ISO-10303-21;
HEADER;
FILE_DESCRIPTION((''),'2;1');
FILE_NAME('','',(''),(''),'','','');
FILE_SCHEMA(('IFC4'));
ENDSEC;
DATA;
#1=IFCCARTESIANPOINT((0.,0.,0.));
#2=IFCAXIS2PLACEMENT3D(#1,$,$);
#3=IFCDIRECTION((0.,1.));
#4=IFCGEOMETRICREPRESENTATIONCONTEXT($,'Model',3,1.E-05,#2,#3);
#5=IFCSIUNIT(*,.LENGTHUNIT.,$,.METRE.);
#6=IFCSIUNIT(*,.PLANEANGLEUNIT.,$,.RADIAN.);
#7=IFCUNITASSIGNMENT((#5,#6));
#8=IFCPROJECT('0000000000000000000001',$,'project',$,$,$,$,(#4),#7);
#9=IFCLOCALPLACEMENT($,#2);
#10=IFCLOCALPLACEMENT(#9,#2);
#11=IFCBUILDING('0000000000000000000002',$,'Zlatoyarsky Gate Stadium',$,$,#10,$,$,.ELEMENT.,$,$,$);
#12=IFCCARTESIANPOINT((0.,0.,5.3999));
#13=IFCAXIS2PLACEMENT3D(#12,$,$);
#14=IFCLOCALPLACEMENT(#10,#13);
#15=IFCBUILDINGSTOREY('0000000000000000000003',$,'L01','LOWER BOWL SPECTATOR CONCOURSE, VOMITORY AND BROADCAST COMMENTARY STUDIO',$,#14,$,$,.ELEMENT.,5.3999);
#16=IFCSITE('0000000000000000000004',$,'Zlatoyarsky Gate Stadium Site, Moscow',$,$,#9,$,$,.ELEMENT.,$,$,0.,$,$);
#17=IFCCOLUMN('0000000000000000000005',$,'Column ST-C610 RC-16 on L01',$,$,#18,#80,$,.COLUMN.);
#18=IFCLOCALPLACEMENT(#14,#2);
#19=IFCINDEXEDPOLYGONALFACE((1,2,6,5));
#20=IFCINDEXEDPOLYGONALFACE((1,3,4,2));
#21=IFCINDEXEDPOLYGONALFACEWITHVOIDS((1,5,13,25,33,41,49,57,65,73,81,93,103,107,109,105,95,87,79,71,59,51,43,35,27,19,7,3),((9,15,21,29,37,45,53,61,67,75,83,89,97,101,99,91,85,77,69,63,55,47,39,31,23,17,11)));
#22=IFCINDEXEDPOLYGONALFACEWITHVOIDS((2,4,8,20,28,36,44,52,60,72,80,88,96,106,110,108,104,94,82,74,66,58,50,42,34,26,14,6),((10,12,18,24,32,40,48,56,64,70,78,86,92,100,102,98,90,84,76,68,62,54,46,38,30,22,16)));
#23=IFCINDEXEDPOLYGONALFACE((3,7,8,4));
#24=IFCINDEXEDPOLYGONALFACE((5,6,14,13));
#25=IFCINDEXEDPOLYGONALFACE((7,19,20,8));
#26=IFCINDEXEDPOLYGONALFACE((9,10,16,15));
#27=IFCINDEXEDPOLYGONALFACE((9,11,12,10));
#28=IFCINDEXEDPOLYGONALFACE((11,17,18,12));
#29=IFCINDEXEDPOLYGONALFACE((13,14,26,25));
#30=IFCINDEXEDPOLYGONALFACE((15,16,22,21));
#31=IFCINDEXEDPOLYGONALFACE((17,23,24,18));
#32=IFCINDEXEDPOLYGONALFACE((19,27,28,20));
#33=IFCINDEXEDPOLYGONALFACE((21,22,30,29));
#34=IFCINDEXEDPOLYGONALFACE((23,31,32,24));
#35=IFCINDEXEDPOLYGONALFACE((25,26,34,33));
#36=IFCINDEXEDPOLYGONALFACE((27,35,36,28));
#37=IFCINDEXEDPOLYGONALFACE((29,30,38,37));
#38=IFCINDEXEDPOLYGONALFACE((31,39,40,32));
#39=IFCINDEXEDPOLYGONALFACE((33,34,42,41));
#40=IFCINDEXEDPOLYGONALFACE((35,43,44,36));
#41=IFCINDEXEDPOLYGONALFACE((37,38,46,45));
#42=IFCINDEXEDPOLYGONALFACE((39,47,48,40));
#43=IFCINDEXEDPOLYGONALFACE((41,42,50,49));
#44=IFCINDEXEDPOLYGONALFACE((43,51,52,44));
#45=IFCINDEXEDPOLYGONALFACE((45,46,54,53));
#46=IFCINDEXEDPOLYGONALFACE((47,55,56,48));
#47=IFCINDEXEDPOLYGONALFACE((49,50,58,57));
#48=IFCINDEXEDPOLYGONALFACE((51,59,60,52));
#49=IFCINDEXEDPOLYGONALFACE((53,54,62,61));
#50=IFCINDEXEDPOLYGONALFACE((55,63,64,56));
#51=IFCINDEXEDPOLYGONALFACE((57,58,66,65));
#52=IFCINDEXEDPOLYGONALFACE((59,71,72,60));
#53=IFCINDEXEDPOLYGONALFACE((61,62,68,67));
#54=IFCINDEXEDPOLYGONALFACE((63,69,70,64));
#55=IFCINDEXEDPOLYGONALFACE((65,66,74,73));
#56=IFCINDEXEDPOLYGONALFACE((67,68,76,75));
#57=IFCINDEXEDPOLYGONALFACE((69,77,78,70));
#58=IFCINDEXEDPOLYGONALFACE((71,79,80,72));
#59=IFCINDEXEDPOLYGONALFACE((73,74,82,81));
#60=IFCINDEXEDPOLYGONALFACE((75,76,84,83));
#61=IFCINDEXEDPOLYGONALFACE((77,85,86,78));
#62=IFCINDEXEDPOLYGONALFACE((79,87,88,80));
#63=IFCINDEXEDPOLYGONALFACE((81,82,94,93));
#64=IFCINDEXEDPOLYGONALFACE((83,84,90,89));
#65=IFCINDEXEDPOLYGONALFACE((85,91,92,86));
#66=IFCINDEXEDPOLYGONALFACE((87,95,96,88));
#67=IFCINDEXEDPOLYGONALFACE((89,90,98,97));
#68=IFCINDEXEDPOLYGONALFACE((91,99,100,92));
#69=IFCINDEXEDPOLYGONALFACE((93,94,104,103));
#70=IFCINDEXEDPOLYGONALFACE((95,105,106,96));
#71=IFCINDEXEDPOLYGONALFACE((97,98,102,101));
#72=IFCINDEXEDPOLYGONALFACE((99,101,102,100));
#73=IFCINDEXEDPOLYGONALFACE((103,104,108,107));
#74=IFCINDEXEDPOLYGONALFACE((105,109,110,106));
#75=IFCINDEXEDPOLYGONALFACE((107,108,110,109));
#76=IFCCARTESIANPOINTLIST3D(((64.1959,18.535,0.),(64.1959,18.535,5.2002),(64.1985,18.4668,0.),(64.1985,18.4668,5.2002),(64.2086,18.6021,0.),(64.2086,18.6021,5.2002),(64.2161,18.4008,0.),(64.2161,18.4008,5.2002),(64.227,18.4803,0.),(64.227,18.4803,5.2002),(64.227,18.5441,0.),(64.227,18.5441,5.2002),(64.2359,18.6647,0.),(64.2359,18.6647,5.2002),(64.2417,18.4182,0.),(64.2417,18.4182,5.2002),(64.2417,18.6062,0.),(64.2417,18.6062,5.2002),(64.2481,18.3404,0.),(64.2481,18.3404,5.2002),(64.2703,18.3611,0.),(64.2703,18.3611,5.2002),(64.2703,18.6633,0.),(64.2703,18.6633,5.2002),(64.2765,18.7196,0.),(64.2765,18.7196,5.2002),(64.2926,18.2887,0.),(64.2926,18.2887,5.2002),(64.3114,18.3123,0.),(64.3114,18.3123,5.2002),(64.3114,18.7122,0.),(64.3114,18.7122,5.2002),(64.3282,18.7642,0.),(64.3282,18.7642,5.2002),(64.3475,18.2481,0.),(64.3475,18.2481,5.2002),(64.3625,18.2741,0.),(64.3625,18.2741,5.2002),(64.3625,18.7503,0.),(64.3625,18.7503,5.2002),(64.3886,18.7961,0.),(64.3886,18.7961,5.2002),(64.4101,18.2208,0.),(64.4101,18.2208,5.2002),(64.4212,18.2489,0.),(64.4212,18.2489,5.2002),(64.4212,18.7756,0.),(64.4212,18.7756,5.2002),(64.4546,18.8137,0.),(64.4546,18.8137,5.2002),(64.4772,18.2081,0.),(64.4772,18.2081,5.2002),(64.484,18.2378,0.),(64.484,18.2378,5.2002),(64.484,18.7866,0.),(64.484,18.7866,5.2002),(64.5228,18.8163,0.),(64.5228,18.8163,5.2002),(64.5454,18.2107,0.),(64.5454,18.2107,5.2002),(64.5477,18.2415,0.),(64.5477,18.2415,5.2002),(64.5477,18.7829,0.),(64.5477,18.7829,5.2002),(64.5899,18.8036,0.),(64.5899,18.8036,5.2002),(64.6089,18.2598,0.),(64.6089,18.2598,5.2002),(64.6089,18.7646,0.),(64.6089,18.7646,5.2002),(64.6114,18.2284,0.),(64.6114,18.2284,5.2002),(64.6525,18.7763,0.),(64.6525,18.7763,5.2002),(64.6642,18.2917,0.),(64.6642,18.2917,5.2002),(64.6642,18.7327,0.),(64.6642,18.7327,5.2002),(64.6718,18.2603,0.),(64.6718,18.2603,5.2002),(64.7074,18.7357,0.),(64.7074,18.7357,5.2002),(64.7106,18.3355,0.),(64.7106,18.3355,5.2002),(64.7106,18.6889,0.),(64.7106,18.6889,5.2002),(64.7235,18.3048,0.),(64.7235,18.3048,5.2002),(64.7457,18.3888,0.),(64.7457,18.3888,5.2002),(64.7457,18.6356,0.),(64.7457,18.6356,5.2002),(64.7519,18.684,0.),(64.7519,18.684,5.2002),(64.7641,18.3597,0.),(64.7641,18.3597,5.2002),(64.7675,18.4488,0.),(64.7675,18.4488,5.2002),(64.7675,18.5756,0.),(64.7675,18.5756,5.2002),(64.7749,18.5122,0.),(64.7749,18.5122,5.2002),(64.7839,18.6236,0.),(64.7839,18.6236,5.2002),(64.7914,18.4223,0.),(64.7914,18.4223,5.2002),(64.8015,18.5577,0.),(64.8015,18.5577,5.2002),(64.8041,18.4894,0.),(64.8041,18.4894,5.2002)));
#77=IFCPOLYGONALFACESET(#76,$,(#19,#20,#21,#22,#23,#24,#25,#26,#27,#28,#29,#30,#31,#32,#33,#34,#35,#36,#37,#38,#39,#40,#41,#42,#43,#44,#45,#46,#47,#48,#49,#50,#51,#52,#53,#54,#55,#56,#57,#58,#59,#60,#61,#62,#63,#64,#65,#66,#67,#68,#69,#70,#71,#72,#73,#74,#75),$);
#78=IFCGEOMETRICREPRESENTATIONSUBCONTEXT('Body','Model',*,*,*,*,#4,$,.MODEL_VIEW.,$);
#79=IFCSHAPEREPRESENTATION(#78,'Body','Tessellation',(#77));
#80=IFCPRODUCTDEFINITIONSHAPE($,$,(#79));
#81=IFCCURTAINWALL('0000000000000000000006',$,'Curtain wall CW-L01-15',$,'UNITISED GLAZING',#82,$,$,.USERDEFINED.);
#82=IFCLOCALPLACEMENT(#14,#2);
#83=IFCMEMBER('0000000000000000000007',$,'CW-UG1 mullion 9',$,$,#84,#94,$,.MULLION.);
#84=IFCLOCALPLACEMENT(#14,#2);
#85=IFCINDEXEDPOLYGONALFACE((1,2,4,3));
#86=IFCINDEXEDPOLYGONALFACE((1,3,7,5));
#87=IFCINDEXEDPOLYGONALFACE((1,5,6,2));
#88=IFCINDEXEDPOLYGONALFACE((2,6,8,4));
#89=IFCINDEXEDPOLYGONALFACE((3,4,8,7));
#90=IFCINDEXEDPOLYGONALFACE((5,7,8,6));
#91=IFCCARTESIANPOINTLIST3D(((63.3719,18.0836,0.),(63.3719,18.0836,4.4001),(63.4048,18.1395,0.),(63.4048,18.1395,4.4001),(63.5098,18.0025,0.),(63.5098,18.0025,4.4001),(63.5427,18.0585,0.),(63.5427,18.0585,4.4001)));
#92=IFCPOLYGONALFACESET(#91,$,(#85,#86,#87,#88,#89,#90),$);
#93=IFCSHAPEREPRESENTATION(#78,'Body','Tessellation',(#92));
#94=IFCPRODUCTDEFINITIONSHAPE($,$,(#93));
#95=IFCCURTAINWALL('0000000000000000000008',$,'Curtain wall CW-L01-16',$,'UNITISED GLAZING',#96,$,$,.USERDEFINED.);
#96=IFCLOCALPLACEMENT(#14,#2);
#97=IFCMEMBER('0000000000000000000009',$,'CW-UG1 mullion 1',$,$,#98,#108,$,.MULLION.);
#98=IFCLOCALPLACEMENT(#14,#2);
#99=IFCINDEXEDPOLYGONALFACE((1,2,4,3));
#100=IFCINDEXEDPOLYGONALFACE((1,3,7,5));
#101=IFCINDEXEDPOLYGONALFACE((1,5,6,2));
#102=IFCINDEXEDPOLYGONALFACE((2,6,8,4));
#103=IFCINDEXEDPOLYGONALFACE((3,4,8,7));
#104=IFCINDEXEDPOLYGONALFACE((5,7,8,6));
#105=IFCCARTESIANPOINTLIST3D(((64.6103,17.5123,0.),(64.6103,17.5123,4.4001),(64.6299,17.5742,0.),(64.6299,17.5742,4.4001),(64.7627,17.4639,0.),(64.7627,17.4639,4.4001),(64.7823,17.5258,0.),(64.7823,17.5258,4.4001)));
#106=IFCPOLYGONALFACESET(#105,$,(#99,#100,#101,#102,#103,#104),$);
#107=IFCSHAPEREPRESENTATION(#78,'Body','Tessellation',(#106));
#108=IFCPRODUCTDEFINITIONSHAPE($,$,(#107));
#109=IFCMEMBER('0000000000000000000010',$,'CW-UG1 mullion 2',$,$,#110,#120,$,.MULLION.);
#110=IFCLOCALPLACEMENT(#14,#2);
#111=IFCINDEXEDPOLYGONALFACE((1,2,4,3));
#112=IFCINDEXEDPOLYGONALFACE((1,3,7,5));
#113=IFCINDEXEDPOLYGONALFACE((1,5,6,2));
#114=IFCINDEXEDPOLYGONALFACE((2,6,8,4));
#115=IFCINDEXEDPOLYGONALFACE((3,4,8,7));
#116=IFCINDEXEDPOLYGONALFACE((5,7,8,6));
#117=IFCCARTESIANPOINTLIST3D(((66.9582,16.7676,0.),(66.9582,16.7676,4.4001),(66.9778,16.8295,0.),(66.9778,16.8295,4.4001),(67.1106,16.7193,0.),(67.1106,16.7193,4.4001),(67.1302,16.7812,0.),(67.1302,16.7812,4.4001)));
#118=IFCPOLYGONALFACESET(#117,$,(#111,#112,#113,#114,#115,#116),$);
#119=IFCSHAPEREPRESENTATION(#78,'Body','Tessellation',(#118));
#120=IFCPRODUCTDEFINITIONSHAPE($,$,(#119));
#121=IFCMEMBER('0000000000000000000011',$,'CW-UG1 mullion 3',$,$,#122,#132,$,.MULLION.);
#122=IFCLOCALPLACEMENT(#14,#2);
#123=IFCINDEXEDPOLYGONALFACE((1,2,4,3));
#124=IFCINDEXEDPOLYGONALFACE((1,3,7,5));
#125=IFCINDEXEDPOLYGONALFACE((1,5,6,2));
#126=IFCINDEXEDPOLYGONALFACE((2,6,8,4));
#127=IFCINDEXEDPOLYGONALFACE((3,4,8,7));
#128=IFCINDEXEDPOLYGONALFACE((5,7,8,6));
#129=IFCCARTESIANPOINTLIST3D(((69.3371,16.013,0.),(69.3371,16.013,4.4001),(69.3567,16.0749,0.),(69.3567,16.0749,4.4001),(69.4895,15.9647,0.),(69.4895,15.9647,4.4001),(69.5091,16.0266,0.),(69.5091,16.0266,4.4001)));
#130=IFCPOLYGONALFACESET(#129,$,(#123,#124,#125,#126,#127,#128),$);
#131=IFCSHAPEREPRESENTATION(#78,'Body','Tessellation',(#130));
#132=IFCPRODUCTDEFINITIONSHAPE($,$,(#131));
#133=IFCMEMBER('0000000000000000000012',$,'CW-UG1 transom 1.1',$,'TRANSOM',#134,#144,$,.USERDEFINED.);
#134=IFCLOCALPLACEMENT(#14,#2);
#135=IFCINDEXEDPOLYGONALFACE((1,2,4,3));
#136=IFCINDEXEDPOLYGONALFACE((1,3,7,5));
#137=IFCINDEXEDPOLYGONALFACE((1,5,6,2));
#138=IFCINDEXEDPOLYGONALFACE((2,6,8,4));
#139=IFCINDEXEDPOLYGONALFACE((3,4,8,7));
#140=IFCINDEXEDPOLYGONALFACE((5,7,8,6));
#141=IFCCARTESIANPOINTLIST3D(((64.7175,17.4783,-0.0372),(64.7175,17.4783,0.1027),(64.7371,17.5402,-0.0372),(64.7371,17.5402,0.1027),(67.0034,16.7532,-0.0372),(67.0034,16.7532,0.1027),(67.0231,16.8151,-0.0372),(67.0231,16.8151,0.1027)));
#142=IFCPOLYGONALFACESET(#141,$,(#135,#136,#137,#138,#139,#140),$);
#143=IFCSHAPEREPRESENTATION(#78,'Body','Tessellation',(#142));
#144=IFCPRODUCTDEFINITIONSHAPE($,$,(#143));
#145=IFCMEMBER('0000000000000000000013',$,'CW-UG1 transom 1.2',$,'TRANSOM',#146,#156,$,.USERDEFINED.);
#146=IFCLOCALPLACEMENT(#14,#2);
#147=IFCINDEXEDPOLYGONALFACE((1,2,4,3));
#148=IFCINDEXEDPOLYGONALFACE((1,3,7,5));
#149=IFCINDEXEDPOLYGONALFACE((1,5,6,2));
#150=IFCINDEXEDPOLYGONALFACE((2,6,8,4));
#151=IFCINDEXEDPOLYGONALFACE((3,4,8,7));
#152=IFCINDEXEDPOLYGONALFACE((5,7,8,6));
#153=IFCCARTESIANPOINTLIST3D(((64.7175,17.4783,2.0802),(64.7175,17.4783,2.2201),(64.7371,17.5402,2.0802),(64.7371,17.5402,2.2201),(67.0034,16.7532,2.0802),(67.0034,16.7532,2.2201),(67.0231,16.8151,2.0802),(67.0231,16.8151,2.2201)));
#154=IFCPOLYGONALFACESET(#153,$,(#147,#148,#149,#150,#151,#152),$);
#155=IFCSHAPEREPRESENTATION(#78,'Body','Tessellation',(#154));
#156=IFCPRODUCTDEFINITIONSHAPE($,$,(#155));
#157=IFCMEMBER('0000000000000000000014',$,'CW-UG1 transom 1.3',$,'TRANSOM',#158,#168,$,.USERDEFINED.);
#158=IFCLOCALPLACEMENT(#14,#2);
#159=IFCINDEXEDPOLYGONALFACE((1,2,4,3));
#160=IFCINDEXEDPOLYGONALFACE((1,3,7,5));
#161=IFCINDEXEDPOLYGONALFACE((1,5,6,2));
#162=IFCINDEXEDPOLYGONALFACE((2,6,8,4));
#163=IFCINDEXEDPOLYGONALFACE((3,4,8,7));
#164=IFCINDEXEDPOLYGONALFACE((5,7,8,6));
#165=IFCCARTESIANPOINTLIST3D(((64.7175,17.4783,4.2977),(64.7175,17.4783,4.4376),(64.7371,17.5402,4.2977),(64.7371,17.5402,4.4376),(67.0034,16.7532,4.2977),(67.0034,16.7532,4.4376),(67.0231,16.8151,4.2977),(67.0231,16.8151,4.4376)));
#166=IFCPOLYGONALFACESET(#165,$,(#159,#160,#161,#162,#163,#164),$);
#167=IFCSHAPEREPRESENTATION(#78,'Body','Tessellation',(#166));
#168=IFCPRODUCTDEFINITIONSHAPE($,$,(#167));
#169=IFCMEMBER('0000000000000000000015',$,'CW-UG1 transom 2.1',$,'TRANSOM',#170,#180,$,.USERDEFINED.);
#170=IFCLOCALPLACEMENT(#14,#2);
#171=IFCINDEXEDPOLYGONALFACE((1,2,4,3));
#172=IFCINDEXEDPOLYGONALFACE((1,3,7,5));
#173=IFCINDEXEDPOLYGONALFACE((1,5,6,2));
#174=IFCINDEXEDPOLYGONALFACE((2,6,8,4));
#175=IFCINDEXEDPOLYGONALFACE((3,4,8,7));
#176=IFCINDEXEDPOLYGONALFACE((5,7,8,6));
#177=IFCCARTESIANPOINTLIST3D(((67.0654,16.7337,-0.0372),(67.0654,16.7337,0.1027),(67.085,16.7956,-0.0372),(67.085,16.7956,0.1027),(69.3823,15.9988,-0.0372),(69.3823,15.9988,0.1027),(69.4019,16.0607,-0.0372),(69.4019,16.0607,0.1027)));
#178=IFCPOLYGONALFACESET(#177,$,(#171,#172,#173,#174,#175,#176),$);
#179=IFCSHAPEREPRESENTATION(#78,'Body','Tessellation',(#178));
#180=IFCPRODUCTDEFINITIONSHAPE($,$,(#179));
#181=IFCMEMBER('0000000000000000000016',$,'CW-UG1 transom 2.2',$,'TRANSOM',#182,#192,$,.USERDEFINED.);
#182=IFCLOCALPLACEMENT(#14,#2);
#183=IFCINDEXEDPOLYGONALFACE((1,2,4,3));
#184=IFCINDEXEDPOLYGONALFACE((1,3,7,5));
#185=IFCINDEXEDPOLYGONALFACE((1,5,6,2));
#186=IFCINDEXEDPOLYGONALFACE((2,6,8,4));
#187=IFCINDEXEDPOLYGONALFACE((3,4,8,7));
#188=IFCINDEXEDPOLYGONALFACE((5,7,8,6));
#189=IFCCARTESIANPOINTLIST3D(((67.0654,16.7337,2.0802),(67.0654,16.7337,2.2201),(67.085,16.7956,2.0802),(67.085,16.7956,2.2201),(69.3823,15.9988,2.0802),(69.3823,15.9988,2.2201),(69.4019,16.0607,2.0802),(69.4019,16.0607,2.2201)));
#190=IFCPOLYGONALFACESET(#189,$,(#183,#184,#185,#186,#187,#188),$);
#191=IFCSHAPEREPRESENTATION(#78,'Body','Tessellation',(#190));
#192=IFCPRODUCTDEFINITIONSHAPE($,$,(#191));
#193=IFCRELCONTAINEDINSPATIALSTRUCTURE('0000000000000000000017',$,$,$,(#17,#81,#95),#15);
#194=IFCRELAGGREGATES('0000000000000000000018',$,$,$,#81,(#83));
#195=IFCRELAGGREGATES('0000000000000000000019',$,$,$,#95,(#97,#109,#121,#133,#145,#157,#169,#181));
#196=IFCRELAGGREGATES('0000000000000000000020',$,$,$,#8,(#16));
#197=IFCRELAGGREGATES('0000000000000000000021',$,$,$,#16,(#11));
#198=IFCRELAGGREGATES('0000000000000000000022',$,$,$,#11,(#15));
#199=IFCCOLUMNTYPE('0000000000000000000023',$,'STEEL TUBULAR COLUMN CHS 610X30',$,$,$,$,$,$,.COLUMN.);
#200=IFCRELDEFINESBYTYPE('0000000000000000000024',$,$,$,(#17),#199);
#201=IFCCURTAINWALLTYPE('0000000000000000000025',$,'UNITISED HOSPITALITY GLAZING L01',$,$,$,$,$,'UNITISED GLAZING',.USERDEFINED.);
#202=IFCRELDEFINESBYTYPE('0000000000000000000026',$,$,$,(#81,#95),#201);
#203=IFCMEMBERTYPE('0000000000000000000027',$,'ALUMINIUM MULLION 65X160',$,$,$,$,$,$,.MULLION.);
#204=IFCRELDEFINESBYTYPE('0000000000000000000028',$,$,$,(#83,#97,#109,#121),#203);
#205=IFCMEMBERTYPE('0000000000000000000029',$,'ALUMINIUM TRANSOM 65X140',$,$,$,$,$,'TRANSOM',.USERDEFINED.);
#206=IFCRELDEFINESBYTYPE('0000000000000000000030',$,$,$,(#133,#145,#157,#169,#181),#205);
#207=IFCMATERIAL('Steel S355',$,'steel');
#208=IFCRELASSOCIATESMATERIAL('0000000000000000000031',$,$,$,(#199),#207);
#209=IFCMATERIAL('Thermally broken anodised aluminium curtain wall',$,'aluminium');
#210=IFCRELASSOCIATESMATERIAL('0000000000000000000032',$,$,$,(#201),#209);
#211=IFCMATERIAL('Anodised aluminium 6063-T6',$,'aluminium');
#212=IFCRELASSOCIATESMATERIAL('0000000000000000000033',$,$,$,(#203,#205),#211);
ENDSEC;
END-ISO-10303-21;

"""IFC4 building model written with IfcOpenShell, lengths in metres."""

from ifc_helpers import new_model, si_unit, direction, frame, origin, origin_2d, place, context, subcontext, project, spatial, rectangle, hollow_circle, extrude, material, material_profile, profile_set, type_object, element, aggregate, save


model = new_model("IFC4")

# Units and contexts
model_context = context("Model", 3, precision=1e-05, world=origin(), true_north=direction((0.0, 1.0)))
body_context = subcontext(model_context, "Body", "Model", "MODEL_VIEW")
ifc_project = project(units=[si_unit("LENGTHUNIT", "METRE"), si_unit("PLANEANGLEUNIT", "RADIAN")], contexts=[model_context])

# Site, building, storey
site_placement = place(None, origin())
site = spatial("IfcSite", under=ifc_project, at=site_placement, Name="Zlatoyarsky Gate Stadium Site, Moscow", CompositionType="ELEMENT", RefElevation=0.0)
building_placement = place(site_placement, origin())
building = spatial("IfcBuilding", under=site, at=building_placement, Name="Zlatoyarsky Gate Stadium", CompositionType="ELEMENT")
storey_placement = place(building_placement, frame((0.0, 0.0, 5.3999)))
storey = spatial("IfcBuildingStorey", under=building, at=storey_placement, Name="L01", Description="LOWER BOWL SPECTATOR CONCOURSE, VOMITORY AND BROADCAST COMMENTARY STUDIO", CompositionType="ELEMENT", Elevation=5.3999)

# Column
ifc_material_1 = material(Name="Steel S355", Category="steel")
ifc_material_profile_1 = material_profile(ifc_material_1, hollow_circle(Radius=0.3049, WallThickness=0.03, at=origin_2d()), Name="CHS 610X30")
ifc_profile_set_1 = profile_set([ifc_material_profile_1], Name="Steel S355")
column_type = type_object("IfcColumnType", Name="STEEL TUBULAR COLUMN CHS 610X30", PredefinedType="COLUMN", material=ifc_profile_set_1)
column_placement = place(storey_placement, frame((64.5, 18.5122, 0.0), z_axis=(0.0, 0.0, 1.0), x_axis=(-0.5, -0.866025, 0.0)))
element("IfcColumn", 1, at=column_placement, inside=storey, type_object=column_type, Name="Column ST-C610 RC-16 on L01", PredefinedType="COLUMN", context=body_context, shape_type="SweptSolid", body=[
    extrude(hollow_circle(Radius=0.3049, WallThickness=0.03, at=origin_2d()), origin(), (0.0, 0.0, 1.0), 5.2002),
])

# Curtain wall, member
ifc_material_2 = material(Name="Thermally broken anodised aluminium curtain wall", Category="aluminium")
curtain_wall_type = type_object("IfcCurtainWallType", Name="UNITISED HOSPITALITY GLAZING L01", ElementType="UNITISED GLAZING", PredefinedType="USERDEFINED", material=ifc_material_2)
curtain_wall_1_placement = place(storey_placement, origin())
curtain_wall_1 = element("IfcCurtainWall", 2, at=curtain_wall_1_placement, inside=storey, type_object=curtain_wall_type, Name="Curtain wall CW-L01-15", ObjectType="UNITISED GLAZING", PredefinedType="USERDEFINED")
ifc_material_3 = material(Name="Anodised aluminium 6063-T6", Category="aluminium")
ifc_material_profile_2 = material_profile(ifc_material_3, rectangle(XDim=0.0649, YDim=0.1599, at=origin_2d()), Name="ALU 65X160")
ifc_profile_set_2 = profile_set([ifc_material_profile_2], Name="Anodised aluminium 6063-T6")
member_type_1 = type_object("IfcMemberType", Name="ALUMINIUM MULLION 65X160", PredefinedType="MULLION", material=ifc_profile_set_2)
member_1_placement = place(storey_placement, frame((63.4573, 18.071, 0.0), z_axis=(0.0, 0.0, 1.0), x_axis=(0.50659, 0.862187, 0.0)))
member_1 = element("IfcMember", 3, at=member_1_placement, type_object=member_type_1, Name="CW-UG1 mullion 9", PredefinedType="MULLION", context=body_context, shape_type="SweptSolid", body=[
    extrude(rectangle(XDim=0.0649, YDim=0.1599, at=origin_2d()), origin(), (0.0, 0.0, 1.0), 4.4001),
])

# Curtain wall, members
curtain_wall_2_placement = place(storey_placement, origin())
curtain_wall_2 = element("IfcCurtainWall", 4, at=curtain_wall_2_placement, inside=storey, type_object=curtain_wall_type, Name="Curtain wall CW-L01-16", ObjectType="UNITISED GLAZING", PredefinedType="USERDEFINED")
member_2_placement = place(storey_placement, frame((64.6963, 17.519, 0.0), z_axis=(0.0, 0.0, 1.0), x_axis=(0.302334, 0.953202, 0.0)))
member_2 = element("IfcMember", 5, at=member_2_placement, type_object=member_type_1, Name="CW-UG1 mullion 1", PredefinedType="MULLION", context=body_context, shape_type="SweptSolid", body=[
    extrude(rectangle(XDim=0.0649, YDim=0.1599, at=origin_2d()), origin(), (0.0, 0.0, 1.0), 4.4001),
])
member_3_placement = place(storey_placement, frame((67.0442, 16.7744, 0.0), z_axis=(0.0, 0.0, 1.0), x_axis=(0.302334, 0.953202, 0.0)))
member_3 = element("IfcMember", 6, at=member_3_placement, type_object=member_type_1, Name="CW-UG1 mullion 2", PredefinedType="MULLION", context=body_context, shape_type="SweptSolid", body=[
    extrude(rectangle(XDim=0.0649, YDim=0.1599, at=origin_2d()), origin(), (0.0, 0.0, 1.0), 4.4001),
])
member_4_placement = place(storey_placement, frame((69.4231, 16.0198, 0.0), z_axis=(0.0, 0.0, 1.0), x_axis=(0.302334, 0.953202, 0.0)))
member_4 = element("IfcMember", 7, at=member_4_placement, type_object=member_type_1, Name="CW-UG1 mullion 3", PredefinedType="MULLION", context=body_context, shape_type="SweptSolid", body=[
    extrude(rectangle(XDim=0.0649, YDim=0.1599, at=origin_2d()), origin(), (0.0, 0.0, 1.0), 4.4001),
])
ifc_material_profile_3 = material_profile(ifc_material_3, rectangle(XDim=0.0649, YDim=0.1399, at=origin_2d()), Name="ALU 65X140")
ifc_profile_set_3 = profile_set([ifc_material_profile_3], Name="Anodised aluminium 6063-T6")
member_type_2 = type_object("IfcMemberType", Name="ALUMINIUM TRANSOM 65X140", ElementType="TRANSOM", PredefinedType="USERDEFINED", material=ifc_profile_set_3)
member_5_placement = place(storey_placement, frame((64.7273, 17.5093, 0.0327), z_axis=(0.953194, -0.302359, 0.0), x_axis=(0.302359, 0.953194, 0.0)))
member_5 = element("IfcMember", 8, at=member_5_placement, type_object=member_type_2, Name="CW-UG1 transom 1.1", ObjectType="TRANSOM", PredefinedType="USERDEFINED", context=body_context, shape_type="SweptSolid", body=[
    extrude(rectangle(XDim=0.0649, YDim=0.1399, at=origin_2d()), origin(), (0.0, 0.0, 1.0), 2.3982),
])
member_6_placement = place(storey_placement, frame((64.7273, 17.5093, 2.1501), z_axis=(0.953194, -0.302359, 0.0), x_axis=(0.302359, 0.953194, 0.0)))
member_6 = element("IfcMember", 9, at=member_6_placement, type_object=member_type_2, Name="CW-UG1 transom 1.2", ObjectType="TRANSOM", PredefinedType="USERDEFINED", context=body_context, shape_type="SweptSolid", body=[
    extrude(rectangle(XDim=0.0649, YDim=0.1399, at=origin_2d()), origin(), (0.0, 0.0, 1.0), 2.3982),
])
member_7_placement = place(storey_placement, frame((64.7273, 17.5093, 4.3677), z_axis=(0.953194, -0.302359, 0.0), x_axis=(0.302359, 0.953194, 0.0)))
member_7 = element("IfcMember", 10, at=member_7_placement, type_object=member_type_2, Name="CW-UG1 transom 1.3", ObjectType="TRANSOM", PredefinedType="USERDEFINED", context=body_context, shape_type="SweptSolid", body=[
    extrude(rectangle(XDim=0.0649, YDim=0.1399, at=origin_2d()), origin(), (0.0, 0.0, 1.0), 2.3982),
])
member_8_placement = place(storey_placement, frame((67.0752, 16.7646, 0.0327), z_axis=(0.953202, -0.302333, 0.0), x_axis=(0.302333, 0.953202, 0.0)))
member_8 = element("IfcMember", 11, at=member_8_placement, type_object=member_type_2, Name="CW-UG1 transom 2.1", ObjectType="TRANSOM", PredefinedType="USERDEFINED", context=body_context, shape_type="SweptSolid", body=[
    extrude(rectangle(XDim=0.0649, YDim=0.1399, at=origin_2d()), origin(), (0.0, 0.0, 1.0), 2.4307),
])
member_9_placement = place(storey_placement, frame((67.0752, 16.7646, 2.1501), z_axis=(0.953202, -0.302333, 0.0), x_axis=(0.302333, 0.953202, 0.0)))
member_9 = element("IfcMember", 12, at=member_9_placement, type_object=member_type_2, Name="CW-UG1 transom 2.2", ObjectType="TRANSOM", PredefinedType="USERDEFINED", context=body_context, shape_type="SweptSolid", body=[
    extrude(rectangle(XDim=0.0649, YDim=0.1399, at=origin_2d()), origin(), (0.0, 0.0, 1.0), 2.4307),
])

aggregate(curtain_wall_1, [member_1])
aggregate(curtain_wall_2, [member_2, member_3, member_4, member_5, member_6, member_7, member_8, member_9])

save(model, "model.ifc")
